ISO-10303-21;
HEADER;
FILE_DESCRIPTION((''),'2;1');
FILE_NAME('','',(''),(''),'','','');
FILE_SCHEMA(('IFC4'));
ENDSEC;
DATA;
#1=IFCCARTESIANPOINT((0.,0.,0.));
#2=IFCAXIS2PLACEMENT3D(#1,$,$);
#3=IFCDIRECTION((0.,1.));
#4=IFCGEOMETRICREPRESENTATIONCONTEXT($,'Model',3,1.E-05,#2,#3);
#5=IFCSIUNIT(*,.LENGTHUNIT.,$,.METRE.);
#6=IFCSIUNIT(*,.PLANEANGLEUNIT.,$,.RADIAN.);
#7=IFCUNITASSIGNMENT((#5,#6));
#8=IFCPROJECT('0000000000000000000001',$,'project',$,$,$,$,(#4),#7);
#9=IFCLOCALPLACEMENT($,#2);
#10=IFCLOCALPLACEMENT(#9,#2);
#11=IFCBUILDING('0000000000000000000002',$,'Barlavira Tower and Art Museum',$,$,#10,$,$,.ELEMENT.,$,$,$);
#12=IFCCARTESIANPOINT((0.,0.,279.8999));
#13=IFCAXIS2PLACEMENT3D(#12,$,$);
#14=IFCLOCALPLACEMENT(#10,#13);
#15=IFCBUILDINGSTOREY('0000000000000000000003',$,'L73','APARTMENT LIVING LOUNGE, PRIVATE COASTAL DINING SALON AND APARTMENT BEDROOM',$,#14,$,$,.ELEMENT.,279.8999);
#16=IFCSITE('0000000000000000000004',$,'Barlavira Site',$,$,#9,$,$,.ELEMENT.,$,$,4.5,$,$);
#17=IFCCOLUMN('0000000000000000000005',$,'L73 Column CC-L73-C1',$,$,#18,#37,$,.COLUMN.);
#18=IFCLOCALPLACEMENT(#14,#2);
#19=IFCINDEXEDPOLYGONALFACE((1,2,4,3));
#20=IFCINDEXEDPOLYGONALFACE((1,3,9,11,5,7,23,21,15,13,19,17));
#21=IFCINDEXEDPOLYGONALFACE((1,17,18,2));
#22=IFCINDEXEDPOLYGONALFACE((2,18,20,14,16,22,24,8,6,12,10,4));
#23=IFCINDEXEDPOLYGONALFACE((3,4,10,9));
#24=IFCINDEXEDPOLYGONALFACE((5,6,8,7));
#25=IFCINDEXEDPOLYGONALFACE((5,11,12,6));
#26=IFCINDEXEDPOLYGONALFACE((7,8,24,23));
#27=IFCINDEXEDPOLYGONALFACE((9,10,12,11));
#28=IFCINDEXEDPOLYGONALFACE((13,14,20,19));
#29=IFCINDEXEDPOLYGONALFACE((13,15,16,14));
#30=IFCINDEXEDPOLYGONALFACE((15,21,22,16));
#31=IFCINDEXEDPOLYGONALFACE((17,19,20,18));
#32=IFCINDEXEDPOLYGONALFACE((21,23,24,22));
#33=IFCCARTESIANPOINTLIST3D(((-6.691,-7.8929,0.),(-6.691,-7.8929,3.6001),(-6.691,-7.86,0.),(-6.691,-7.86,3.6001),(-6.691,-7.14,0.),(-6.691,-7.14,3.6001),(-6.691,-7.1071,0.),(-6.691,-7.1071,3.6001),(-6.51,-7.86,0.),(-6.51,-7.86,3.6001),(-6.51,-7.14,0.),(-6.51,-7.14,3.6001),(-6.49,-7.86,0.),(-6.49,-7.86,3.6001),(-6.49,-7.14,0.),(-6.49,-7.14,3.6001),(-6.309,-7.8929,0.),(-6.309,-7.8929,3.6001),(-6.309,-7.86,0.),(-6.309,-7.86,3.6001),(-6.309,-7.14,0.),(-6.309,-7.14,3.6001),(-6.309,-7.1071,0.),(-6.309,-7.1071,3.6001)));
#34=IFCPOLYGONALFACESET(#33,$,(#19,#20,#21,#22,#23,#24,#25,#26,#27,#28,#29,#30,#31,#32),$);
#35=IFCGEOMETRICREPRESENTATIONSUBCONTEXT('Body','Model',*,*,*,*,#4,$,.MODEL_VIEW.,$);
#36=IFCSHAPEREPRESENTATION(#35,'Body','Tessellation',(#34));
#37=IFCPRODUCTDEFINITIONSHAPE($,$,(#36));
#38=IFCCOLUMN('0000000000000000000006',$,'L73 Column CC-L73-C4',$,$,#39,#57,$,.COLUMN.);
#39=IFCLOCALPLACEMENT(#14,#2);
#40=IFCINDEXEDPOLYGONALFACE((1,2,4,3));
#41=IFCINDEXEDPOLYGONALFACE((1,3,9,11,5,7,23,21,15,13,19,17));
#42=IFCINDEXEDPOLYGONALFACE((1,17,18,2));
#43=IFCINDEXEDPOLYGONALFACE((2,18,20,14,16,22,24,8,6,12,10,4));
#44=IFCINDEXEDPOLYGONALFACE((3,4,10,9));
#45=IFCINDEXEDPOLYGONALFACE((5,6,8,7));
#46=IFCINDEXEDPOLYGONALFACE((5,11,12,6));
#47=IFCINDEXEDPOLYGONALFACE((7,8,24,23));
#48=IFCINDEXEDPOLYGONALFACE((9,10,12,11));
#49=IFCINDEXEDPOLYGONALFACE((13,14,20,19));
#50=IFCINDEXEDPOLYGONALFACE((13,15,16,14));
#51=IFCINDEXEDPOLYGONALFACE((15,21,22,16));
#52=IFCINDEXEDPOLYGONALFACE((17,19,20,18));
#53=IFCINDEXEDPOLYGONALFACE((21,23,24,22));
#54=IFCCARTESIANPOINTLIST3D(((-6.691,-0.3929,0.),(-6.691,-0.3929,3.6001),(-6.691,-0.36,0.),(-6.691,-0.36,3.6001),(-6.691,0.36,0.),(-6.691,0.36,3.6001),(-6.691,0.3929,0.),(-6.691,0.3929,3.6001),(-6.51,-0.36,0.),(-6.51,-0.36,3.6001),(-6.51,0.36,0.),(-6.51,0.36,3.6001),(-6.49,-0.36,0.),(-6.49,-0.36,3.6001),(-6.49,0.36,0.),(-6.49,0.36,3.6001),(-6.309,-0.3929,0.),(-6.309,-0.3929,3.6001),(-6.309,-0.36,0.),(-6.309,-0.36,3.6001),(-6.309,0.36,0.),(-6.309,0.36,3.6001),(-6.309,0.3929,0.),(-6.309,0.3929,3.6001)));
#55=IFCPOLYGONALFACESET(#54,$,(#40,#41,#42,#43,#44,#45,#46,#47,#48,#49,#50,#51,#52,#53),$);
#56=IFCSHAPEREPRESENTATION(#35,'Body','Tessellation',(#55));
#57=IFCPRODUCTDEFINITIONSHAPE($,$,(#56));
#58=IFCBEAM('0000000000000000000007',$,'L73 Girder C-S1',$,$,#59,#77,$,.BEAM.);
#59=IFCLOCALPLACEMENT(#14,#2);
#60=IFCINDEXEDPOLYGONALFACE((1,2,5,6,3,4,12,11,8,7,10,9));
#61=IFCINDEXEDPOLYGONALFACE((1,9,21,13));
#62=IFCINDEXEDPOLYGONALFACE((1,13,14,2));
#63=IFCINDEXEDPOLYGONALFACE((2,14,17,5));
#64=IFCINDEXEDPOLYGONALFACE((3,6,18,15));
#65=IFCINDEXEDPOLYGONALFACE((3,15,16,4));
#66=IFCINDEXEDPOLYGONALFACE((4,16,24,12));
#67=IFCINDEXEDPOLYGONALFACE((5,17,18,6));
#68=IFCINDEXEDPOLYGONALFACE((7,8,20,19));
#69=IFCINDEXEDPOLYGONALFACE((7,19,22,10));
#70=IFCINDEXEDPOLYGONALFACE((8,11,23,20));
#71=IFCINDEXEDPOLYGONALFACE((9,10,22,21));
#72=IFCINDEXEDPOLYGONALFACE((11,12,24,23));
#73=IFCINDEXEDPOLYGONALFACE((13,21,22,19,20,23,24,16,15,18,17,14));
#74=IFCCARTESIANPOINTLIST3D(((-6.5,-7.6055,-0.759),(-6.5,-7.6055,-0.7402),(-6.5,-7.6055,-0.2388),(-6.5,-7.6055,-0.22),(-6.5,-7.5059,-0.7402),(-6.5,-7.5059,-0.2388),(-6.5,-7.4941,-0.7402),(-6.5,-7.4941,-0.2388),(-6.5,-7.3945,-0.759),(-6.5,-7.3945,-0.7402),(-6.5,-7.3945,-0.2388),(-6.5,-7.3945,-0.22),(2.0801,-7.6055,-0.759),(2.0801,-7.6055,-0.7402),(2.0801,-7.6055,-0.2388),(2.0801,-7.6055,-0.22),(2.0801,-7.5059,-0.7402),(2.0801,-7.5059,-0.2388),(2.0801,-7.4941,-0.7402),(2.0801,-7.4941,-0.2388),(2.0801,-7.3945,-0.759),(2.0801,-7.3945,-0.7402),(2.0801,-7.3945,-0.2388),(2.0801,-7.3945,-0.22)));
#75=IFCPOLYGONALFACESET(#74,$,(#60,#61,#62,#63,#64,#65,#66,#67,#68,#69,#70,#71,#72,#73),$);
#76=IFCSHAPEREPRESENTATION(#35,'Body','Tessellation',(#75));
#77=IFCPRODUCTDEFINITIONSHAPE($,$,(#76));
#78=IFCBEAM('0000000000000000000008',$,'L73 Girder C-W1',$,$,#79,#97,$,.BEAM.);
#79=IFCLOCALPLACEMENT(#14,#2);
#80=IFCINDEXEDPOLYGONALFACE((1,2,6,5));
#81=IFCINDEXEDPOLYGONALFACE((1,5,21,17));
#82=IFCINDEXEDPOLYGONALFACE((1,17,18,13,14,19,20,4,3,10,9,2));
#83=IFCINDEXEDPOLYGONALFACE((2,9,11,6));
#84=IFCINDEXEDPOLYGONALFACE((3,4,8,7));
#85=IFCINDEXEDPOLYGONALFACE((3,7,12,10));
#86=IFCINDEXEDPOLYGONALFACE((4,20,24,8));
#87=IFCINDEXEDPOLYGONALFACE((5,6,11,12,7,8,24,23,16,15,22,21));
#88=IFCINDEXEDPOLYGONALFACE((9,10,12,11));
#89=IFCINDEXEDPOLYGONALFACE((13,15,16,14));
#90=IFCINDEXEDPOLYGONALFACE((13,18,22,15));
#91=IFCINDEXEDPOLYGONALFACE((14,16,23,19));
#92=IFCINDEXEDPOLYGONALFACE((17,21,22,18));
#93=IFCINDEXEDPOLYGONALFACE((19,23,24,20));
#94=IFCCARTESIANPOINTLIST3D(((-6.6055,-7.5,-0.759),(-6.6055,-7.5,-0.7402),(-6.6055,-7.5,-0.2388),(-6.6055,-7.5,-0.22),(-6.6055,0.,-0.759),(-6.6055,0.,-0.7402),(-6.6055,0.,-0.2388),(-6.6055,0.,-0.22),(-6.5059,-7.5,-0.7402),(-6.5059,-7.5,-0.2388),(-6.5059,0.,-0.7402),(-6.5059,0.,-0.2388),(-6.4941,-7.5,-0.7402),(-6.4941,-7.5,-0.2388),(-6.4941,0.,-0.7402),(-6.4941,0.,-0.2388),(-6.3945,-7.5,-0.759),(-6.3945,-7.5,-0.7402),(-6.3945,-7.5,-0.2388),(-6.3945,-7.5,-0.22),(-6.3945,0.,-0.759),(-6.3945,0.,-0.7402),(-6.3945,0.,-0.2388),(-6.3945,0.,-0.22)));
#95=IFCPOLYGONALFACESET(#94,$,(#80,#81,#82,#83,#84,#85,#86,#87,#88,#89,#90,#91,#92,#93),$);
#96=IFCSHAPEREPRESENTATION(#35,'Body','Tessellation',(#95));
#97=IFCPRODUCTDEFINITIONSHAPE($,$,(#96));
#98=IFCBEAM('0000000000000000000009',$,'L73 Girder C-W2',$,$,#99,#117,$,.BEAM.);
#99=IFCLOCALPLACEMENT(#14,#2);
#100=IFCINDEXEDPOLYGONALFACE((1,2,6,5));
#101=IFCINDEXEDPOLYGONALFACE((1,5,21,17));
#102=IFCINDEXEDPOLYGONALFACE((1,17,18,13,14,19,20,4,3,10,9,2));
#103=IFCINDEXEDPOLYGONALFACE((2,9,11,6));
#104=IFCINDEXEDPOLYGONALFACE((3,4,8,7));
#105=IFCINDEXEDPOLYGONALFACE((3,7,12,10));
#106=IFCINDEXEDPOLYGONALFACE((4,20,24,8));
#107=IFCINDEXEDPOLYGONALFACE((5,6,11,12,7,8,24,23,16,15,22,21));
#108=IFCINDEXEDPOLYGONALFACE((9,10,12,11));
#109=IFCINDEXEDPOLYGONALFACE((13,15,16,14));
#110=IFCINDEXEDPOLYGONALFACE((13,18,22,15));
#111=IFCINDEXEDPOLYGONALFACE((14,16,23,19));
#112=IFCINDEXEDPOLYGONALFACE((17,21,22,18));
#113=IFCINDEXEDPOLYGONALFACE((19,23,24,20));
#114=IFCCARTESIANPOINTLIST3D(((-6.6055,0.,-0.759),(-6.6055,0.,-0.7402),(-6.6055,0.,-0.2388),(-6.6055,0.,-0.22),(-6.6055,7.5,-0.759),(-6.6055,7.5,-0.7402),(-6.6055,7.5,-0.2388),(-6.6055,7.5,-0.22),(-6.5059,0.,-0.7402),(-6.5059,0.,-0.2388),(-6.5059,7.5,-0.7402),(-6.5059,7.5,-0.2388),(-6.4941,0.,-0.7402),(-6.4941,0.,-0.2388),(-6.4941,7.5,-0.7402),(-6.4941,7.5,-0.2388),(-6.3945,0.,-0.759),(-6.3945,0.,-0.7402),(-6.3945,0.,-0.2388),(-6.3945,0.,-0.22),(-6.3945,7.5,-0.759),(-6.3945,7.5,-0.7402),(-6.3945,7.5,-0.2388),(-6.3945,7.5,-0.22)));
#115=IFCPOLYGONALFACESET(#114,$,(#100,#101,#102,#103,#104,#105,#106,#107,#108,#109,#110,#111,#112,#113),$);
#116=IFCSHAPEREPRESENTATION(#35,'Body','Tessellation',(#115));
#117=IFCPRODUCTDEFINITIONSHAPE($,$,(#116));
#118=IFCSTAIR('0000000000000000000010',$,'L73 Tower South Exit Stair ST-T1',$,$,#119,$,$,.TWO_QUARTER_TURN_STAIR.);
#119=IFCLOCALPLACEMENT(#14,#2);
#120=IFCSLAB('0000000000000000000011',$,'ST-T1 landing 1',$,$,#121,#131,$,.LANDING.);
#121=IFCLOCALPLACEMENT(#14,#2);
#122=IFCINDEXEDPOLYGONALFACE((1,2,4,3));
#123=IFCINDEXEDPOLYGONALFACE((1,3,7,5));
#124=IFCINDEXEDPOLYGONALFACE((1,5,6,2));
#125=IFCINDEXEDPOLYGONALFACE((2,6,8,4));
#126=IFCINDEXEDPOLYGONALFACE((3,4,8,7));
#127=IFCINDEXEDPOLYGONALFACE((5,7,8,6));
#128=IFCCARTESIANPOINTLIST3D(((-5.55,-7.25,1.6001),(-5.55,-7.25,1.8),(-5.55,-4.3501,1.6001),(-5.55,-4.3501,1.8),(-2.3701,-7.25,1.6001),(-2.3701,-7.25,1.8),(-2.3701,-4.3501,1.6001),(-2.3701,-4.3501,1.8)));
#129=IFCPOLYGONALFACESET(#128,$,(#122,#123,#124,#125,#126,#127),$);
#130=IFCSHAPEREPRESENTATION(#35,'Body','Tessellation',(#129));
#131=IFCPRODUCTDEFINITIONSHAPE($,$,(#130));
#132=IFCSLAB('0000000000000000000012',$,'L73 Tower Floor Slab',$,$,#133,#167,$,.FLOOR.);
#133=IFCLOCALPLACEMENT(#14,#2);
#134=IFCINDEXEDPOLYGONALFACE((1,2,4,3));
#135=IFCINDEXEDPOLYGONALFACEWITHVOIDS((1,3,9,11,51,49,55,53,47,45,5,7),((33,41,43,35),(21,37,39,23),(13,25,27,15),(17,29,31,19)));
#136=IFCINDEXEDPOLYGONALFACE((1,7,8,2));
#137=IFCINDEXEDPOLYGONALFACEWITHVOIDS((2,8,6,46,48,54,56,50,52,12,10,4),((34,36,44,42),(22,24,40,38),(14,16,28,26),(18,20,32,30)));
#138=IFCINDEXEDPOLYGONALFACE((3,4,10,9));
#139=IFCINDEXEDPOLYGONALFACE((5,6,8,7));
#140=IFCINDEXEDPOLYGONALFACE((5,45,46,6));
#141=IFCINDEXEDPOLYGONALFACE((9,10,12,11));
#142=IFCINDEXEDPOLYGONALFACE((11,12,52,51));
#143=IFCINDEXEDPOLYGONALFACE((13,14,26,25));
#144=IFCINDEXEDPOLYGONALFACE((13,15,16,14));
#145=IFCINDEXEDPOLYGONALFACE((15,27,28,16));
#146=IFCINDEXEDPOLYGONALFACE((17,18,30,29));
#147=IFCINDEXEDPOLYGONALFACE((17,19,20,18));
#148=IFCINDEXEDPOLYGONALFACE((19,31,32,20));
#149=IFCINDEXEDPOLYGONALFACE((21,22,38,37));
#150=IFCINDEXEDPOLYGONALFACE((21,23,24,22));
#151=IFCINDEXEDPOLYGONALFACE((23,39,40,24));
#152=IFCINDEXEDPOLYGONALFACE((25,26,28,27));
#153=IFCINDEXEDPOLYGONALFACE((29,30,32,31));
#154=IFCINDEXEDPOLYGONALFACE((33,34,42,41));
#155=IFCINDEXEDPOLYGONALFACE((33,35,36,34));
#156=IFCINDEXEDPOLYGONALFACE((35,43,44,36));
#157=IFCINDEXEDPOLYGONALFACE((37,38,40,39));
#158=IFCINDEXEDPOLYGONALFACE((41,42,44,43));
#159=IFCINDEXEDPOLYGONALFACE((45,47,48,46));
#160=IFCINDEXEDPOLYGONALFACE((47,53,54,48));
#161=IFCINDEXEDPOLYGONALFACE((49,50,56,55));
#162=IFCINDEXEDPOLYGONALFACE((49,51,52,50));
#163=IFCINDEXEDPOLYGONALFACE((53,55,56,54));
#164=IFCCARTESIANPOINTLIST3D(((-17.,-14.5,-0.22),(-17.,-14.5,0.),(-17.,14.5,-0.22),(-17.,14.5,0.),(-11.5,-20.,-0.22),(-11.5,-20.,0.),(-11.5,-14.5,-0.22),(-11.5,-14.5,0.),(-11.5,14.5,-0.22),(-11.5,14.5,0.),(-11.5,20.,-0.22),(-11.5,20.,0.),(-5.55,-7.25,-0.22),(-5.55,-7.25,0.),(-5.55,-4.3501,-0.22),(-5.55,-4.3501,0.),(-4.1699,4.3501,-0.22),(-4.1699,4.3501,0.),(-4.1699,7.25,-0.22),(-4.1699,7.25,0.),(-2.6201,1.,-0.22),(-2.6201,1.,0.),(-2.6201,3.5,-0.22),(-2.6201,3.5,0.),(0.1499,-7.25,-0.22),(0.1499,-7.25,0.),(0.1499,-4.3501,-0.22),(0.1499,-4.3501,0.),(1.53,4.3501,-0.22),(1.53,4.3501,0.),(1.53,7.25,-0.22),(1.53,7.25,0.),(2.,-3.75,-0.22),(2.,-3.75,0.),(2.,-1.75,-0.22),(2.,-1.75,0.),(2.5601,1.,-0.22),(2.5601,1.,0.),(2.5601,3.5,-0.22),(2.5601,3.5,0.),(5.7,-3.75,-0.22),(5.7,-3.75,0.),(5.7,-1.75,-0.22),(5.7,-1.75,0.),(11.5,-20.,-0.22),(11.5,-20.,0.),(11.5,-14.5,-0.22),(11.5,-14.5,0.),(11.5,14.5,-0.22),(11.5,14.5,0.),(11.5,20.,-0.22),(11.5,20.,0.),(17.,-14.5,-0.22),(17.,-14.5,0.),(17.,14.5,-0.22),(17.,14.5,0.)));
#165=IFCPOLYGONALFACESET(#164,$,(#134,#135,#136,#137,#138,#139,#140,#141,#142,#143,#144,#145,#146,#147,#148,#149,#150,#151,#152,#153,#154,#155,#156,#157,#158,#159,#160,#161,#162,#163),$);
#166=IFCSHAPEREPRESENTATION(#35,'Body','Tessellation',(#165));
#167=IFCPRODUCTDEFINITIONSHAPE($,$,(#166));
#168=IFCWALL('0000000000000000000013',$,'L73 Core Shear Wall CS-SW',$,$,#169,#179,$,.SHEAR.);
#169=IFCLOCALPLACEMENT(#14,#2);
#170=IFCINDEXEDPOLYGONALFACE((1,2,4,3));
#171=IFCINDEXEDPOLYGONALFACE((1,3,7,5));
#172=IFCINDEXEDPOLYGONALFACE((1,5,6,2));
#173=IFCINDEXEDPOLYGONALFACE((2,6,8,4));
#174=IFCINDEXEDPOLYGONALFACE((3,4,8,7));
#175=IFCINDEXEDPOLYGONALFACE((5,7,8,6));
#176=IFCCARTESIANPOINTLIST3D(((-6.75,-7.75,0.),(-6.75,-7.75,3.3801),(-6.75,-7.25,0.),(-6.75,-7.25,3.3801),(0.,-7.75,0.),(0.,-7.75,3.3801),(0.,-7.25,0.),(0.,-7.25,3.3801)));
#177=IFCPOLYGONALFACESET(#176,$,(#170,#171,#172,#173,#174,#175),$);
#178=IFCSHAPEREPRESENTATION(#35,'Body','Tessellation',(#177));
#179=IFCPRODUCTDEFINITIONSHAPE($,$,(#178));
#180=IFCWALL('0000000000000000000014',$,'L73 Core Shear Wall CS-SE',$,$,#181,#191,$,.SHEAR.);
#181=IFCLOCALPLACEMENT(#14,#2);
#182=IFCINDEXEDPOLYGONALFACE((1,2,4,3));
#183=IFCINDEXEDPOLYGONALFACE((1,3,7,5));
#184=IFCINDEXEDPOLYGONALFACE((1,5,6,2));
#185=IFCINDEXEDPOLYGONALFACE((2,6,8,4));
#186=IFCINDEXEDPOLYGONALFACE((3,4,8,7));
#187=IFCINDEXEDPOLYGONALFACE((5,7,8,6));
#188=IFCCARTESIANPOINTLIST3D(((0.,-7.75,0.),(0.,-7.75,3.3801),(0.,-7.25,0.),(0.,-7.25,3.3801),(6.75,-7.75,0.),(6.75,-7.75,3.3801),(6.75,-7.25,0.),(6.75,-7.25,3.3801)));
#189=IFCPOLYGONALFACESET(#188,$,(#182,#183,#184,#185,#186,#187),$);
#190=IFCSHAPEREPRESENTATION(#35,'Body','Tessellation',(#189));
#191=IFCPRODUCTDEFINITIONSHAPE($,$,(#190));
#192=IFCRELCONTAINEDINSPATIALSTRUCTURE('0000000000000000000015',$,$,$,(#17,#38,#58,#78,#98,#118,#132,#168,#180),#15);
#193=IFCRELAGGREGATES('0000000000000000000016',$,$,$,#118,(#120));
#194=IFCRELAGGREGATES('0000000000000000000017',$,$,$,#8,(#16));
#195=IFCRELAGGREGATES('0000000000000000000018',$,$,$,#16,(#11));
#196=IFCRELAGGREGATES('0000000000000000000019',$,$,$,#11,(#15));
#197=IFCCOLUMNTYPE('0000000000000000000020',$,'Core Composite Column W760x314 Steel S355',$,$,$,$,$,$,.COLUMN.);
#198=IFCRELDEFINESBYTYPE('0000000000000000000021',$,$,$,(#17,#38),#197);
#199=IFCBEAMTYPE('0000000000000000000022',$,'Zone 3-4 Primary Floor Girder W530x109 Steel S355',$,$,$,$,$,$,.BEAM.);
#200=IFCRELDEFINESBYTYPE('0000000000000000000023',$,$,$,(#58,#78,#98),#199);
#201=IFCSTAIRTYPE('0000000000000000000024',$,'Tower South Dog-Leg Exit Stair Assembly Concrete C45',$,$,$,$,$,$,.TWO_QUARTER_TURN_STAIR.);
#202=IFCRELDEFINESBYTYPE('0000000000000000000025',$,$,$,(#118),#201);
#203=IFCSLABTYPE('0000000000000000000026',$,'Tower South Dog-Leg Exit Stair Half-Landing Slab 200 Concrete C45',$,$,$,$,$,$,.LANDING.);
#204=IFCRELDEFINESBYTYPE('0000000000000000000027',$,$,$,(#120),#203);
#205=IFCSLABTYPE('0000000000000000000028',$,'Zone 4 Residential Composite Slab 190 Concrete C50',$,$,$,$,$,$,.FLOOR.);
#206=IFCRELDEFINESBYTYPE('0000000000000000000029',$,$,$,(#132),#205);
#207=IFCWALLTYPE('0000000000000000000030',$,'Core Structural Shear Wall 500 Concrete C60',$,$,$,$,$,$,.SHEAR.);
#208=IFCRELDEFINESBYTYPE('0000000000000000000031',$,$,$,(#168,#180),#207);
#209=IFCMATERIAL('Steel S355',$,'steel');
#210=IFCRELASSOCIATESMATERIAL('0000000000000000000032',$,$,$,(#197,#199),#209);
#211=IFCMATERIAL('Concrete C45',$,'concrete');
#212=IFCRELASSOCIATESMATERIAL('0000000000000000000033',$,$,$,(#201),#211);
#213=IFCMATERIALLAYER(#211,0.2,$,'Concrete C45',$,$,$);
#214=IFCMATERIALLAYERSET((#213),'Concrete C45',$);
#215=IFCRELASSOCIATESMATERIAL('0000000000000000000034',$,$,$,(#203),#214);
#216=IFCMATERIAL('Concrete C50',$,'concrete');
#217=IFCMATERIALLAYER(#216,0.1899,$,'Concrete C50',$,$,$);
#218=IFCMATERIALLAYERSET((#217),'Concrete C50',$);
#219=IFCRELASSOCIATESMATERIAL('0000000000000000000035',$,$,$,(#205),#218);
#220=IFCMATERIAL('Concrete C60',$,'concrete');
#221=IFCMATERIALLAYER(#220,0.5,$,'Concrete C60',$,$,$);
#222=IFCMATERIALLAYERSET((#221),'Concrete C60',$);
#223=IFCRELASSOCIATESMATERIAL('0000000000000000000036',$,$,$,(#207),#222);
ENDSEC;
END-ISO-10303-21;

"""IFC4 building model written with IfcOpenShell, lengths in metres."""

from ifc_helpers import new_model, si_unit, direction, frame, frame_2d, origin, origin_2d, place, context, subcontext, project, spatial, polyline, rectangle, i_section, outline, extrude, material, layer, layer_set, material_profile, profile_set, type_object, element, aggregate, save


model = new_model("IFC4")

# Units and contexts
model_context = context("Model", 3, precision=1e-05, world=origin(), true_north=direction((0.0, 1.0)))
body_context = subcontext(model_context, "Body", "Model", "MODEL_VIEW")
ifc_project = project(units=[si_unit("LENGTHUNIT", "METRE"), si_unit("PLANEANGLEUNIT", "RADIAN")], contexts=[model_context])

# Site, building, storey
site_placement = place(None, origin())
site = spatial("IfcSite", under=ifc_project, at=site_placement, Name="Barlavira Site", CompositionType="ELEMENT", RefElevation=4.5)
building_placement = place(site_placement, origin())
building = spatial("IfcBuilding", under=site, at=building_placement, Name="Barlavira Tower and Art Museum", CompositionType="ELEMENT")
storey_placement = place(building_placement, frame((0.0, 0.0, 279.8999)))
storey = spatial("IfcBuildingStorey", under=building, at=storey_placement, Name="L73", Description="APARTMENT LIVING LOUNGE, PRIVATE COASTAL DINING SALON AND APARTMENT BEDROOM", CompositionType="ELEMENT", Elevation=279.8999)

# Columns
ifc_material_1 = material(Name="Steel S355", Category="steel")
ifc_material_profile_1 = material_profile(ifc_material_1, i_section(OverallWidth=0.3821, OverallDepth=0.7859, WebThickness=0.02, FlangeThickness=0.033, at=origin_2d()), Name="W760x314.0")
ifc_profile_set_1 = profile_set([ifc_material_profile_1], Name="Steel S355")
column_type = type_object("IfcColumnType", Name="Core Composite Column W760x314 Steel S355", PredefinedType="COLUMN", material=ifc_profile_set_1)
for number, where, z_axis, x_axis, name in (
    (1, (-6.5, -7.5, 0.0), (0.0, 0.0, 1.0), (1.0, 0.0, 0.0), "L73 Column CC-L73-C1"),
    (2, (-6.5, 0.0, 0.0), (0.0, 0.0, 1.0), (1.0, 0.0, 0.0), "L73 Column CC-L73-C4"),
):
    element("IfcColumn", number, at=place(storey_placement, frame(where, z_axis=z_axis, x_axis=x_axis)), inside=storey, type_object=column_type, Name=name, PredefinedType="COLUMN", context=body_context, shape_type="SweptSolid", body=[
        extrude(i_section(OverallWidth=0.3821, OverallDepth=0.7859, WebThickness=0.02, FlangeThickness=0.033, at=origin_2d()), origin(), (0.0, 0.0, 1.0), 3.6001),
    ])

# Beams
ifc_material_profile_2 = material_profile(ifc_material_1, i_section(OverallWidth=0.2109, OverallDepth=0.5391, WebThickness=0.0117, FlangeThickness=0.0188, at=origin_2d()), Name="W530x109.0")
ifc_profile_set_2 = profile_set([ifc_material_profile_2], Name="Steel S355")
beam_type = type_object("IfcBeamType", Name="Zone 3-4 Primary Floor Girder W530x109 Steel S355", PredefinedType="BEAM", material=ifc_profile_set_2)
beam_placement = place(storey_placement, frame((-6.5, -7.5, -0.4895), z_axis=(1.0, 0.0, 0.0), x_axis=(0.0, 1.0, 0.0)))
element("IfcBeam", 3, at=beam_placement, inside=storey, type_object=beam_type, Name="L73 Girder C-S1", PredefinedType="BEAM", context=body_context, shape_type="SweptSolid", body=[
    extrude(i_section(OverallWidth=0.2109, OverallDepth=0.5391, WebThickness=0.0117, FlangeThickness=0.0188, at=origin_2d()), origin(), (0.0, 0.0, 1.0), 8.5801),
])
for number, where, z_axis, x_axis, name in (
    (4, (-6.5, -7.5, -0.4895), (0.0, 1.0, 0.0), (-1.0, 0.0, 0.0), "L73 Girder C-W1"),
    (5, (-6.5, 0.0, -0.4895), (0.0, 1.0, 0.0), (-1.0, 0.0, 0.0), "L73 Girder C-W2"),
):
    element("IfcBeam", number, at=place(storey_placement, frame(where, z_axis=z_axis, x_axis=x_axis)), inside=storey, type_object=beam_type, Name=name, PredefinedType="BEAM", context=body_context, shape_type="SweptSolid", body=[
        extrude(i_section(OverallWidth=0.2109, OverallDepth=0.5391, WebThickness=0.0117, FlangeThickness=0.0188, at=origin_2d()), origin(), (0.0, 0.0, 1.0), 7.5),
    ])

# Stair, slab
ifc_material_2 = material(Name="Concrete C45", Category="concrete")
stair_type = type_object("IfcStairType", Name="Tower South Dog-Leg Exit Stair Assembly Concrete C45", PredefinedType="TWO_QUARTER_TURN_STAIR", material=ifc_material_2)
stair_placement = place(storey_placement, origin())
stair = element("IfcStair", 6, at=stair_placement, inside=storey, type_object=stair_type, Name="L73 Tower South Exit Stair ST-T1", PredefinedType="TWO_QUARTER_TURN_STAIR")
ifc_layer_1 = layer(ifc_material_2, 0.2, Name="Concrete C45")
ifc_layer_set_1 = layer_set([ifc_layer_1], Name="Concrete C45")
slab_type_1 = type_object("IfcSlabType", Name="Tower South Dog-Leg Exit Stair Half-Landing Slab 200 Concrete C45", PredefinedType="LANDING", material=ifc_layer_set_1)
slab_1_placement = place(storey_placement, frame((0.0, 0.0, 1.6001)))
slab_1 = element("IfcSlab", 7, at=slab_1_placement, type_object=slab_type_1, Name="ST-T1 landing 1", PredefinedType="LANDING", context=body_context, shape_type="SweptSolid", body=[
    extrude(outline(polyline([(-2.3701, -4.3501), (-5.55, -4.3501), (-5.55, -7.25), (-2.3701, -7.25), (-2.3701, -4.3501)])), origin(), (0.0, 0.0, 1.0), 0.2),
])

# Slab
ifc_material_3 = material(Name="Concrete C50", Category="concrete")
ifc_layer_2 = layer(ifc_material_3, 0.1899, Name="Concrete C50")
ifc_layer_set_2 = layer_set([ifc_layer_2], Name="Concrete C50")
slab_type_2 = type_object("IfcSlabType", Name="Zone 4 Residential Composite Slab 190 Concrete C50", PredefinedType="FLOOR", material=ifc_layer_set_2)
slab_2_placement = place(storey_placement, frame((0.0, 0.0, -0.22)))
element("IfcSlab", 8, at=slab_2_placement, inside=storey, type_object=slab_type_2, Name="L73 Tower Floor Slab", PredefinedType="FLOOR", context=body_context, shape_type="SweptSolid", body=[
    extrude(outline(polyline([(-11.5, -20.0), (11.5, -20.0), (11.5, -14.5), (17.0, -14.5), (17.0, 14.5), (11.5, 14.5), (11.5, 20.0), (-11.5, 20.0), (-11.5, 14.5), (-17.0, 14.5), (-17.0, -14.5), (-11.5, -14.5), (-11.5, -20.0)]), holes=[polyline([(0.1499, -4.3501), (-5.55, -4.3501), (-5.55, -7.25), (0.1499, -7.25), (0.1499, -4.3501)]), polyline([(-4.1699, 4.3501), (1.53, 4.3501), (1.53, 7.25), (-4.1699, 7.25), (-4.1699, 4.3501)]), polyline([(-2.6201, 1.0), (2.5601, 1.0), (2.5601, 3.5), (-2.6201, 3.5), (-2.6201, 1.0)]), polyline([(2.0, -3.75), (5.7, -3.75), (5.7, -1.75), (2.0, -1.75), (2.0, -3.75)])]), origin(), (0.0, 0.0, 1.0), 0.22),
])

# Walls
ifc_material_4 = material(Name="Concrete C60", Category="concrete")
ifc_layer_3 = layer(ifc_material_4, 0.5, Name="Concrete C60")
ifc_layer_set_3 = layer_set([ifc_layer_3], Name="Concrete C60")
wall_type_1 = type_object("IfcWallType", Name="Core Structural Shear Wall 500 Concrete C60", PredefinedType="SHEAR", material=ifc_layer_set_3)
for number, where, z_axis, x_axis, name in (
    (9, (-6.75, -7.5, 0.0), (0.0, 0.0, 1.0), (1.0, 0.0, 0.0), "L73 Core Shear Wall CS-SW"),
    (10, (0.0, -7.5, 0.0), (0.0, 0.0, 1.0), (1.0, 0.0, 0.0), "L73 Core Shear Wall CS-SE"),
):
    element("IfcWall", number, at=place(storey_placement, frame(where, z_axis=z_axis, x_axis=x_axis)), inside=storey, type_object=wall_type_1, Name=name, PredefinedType="SHEAR", context=body_context, shape_type="SweptSolid", body=[
        extrude(rectangle(XDim=6.75, YDim=0.5, at=frame_2d((3.375, 0.0))), origin(), (0.0, 0.0, 1.0), 3.3801),
    ])

aggregate(stair, [slab_1])

save(model, "model.ifc")
